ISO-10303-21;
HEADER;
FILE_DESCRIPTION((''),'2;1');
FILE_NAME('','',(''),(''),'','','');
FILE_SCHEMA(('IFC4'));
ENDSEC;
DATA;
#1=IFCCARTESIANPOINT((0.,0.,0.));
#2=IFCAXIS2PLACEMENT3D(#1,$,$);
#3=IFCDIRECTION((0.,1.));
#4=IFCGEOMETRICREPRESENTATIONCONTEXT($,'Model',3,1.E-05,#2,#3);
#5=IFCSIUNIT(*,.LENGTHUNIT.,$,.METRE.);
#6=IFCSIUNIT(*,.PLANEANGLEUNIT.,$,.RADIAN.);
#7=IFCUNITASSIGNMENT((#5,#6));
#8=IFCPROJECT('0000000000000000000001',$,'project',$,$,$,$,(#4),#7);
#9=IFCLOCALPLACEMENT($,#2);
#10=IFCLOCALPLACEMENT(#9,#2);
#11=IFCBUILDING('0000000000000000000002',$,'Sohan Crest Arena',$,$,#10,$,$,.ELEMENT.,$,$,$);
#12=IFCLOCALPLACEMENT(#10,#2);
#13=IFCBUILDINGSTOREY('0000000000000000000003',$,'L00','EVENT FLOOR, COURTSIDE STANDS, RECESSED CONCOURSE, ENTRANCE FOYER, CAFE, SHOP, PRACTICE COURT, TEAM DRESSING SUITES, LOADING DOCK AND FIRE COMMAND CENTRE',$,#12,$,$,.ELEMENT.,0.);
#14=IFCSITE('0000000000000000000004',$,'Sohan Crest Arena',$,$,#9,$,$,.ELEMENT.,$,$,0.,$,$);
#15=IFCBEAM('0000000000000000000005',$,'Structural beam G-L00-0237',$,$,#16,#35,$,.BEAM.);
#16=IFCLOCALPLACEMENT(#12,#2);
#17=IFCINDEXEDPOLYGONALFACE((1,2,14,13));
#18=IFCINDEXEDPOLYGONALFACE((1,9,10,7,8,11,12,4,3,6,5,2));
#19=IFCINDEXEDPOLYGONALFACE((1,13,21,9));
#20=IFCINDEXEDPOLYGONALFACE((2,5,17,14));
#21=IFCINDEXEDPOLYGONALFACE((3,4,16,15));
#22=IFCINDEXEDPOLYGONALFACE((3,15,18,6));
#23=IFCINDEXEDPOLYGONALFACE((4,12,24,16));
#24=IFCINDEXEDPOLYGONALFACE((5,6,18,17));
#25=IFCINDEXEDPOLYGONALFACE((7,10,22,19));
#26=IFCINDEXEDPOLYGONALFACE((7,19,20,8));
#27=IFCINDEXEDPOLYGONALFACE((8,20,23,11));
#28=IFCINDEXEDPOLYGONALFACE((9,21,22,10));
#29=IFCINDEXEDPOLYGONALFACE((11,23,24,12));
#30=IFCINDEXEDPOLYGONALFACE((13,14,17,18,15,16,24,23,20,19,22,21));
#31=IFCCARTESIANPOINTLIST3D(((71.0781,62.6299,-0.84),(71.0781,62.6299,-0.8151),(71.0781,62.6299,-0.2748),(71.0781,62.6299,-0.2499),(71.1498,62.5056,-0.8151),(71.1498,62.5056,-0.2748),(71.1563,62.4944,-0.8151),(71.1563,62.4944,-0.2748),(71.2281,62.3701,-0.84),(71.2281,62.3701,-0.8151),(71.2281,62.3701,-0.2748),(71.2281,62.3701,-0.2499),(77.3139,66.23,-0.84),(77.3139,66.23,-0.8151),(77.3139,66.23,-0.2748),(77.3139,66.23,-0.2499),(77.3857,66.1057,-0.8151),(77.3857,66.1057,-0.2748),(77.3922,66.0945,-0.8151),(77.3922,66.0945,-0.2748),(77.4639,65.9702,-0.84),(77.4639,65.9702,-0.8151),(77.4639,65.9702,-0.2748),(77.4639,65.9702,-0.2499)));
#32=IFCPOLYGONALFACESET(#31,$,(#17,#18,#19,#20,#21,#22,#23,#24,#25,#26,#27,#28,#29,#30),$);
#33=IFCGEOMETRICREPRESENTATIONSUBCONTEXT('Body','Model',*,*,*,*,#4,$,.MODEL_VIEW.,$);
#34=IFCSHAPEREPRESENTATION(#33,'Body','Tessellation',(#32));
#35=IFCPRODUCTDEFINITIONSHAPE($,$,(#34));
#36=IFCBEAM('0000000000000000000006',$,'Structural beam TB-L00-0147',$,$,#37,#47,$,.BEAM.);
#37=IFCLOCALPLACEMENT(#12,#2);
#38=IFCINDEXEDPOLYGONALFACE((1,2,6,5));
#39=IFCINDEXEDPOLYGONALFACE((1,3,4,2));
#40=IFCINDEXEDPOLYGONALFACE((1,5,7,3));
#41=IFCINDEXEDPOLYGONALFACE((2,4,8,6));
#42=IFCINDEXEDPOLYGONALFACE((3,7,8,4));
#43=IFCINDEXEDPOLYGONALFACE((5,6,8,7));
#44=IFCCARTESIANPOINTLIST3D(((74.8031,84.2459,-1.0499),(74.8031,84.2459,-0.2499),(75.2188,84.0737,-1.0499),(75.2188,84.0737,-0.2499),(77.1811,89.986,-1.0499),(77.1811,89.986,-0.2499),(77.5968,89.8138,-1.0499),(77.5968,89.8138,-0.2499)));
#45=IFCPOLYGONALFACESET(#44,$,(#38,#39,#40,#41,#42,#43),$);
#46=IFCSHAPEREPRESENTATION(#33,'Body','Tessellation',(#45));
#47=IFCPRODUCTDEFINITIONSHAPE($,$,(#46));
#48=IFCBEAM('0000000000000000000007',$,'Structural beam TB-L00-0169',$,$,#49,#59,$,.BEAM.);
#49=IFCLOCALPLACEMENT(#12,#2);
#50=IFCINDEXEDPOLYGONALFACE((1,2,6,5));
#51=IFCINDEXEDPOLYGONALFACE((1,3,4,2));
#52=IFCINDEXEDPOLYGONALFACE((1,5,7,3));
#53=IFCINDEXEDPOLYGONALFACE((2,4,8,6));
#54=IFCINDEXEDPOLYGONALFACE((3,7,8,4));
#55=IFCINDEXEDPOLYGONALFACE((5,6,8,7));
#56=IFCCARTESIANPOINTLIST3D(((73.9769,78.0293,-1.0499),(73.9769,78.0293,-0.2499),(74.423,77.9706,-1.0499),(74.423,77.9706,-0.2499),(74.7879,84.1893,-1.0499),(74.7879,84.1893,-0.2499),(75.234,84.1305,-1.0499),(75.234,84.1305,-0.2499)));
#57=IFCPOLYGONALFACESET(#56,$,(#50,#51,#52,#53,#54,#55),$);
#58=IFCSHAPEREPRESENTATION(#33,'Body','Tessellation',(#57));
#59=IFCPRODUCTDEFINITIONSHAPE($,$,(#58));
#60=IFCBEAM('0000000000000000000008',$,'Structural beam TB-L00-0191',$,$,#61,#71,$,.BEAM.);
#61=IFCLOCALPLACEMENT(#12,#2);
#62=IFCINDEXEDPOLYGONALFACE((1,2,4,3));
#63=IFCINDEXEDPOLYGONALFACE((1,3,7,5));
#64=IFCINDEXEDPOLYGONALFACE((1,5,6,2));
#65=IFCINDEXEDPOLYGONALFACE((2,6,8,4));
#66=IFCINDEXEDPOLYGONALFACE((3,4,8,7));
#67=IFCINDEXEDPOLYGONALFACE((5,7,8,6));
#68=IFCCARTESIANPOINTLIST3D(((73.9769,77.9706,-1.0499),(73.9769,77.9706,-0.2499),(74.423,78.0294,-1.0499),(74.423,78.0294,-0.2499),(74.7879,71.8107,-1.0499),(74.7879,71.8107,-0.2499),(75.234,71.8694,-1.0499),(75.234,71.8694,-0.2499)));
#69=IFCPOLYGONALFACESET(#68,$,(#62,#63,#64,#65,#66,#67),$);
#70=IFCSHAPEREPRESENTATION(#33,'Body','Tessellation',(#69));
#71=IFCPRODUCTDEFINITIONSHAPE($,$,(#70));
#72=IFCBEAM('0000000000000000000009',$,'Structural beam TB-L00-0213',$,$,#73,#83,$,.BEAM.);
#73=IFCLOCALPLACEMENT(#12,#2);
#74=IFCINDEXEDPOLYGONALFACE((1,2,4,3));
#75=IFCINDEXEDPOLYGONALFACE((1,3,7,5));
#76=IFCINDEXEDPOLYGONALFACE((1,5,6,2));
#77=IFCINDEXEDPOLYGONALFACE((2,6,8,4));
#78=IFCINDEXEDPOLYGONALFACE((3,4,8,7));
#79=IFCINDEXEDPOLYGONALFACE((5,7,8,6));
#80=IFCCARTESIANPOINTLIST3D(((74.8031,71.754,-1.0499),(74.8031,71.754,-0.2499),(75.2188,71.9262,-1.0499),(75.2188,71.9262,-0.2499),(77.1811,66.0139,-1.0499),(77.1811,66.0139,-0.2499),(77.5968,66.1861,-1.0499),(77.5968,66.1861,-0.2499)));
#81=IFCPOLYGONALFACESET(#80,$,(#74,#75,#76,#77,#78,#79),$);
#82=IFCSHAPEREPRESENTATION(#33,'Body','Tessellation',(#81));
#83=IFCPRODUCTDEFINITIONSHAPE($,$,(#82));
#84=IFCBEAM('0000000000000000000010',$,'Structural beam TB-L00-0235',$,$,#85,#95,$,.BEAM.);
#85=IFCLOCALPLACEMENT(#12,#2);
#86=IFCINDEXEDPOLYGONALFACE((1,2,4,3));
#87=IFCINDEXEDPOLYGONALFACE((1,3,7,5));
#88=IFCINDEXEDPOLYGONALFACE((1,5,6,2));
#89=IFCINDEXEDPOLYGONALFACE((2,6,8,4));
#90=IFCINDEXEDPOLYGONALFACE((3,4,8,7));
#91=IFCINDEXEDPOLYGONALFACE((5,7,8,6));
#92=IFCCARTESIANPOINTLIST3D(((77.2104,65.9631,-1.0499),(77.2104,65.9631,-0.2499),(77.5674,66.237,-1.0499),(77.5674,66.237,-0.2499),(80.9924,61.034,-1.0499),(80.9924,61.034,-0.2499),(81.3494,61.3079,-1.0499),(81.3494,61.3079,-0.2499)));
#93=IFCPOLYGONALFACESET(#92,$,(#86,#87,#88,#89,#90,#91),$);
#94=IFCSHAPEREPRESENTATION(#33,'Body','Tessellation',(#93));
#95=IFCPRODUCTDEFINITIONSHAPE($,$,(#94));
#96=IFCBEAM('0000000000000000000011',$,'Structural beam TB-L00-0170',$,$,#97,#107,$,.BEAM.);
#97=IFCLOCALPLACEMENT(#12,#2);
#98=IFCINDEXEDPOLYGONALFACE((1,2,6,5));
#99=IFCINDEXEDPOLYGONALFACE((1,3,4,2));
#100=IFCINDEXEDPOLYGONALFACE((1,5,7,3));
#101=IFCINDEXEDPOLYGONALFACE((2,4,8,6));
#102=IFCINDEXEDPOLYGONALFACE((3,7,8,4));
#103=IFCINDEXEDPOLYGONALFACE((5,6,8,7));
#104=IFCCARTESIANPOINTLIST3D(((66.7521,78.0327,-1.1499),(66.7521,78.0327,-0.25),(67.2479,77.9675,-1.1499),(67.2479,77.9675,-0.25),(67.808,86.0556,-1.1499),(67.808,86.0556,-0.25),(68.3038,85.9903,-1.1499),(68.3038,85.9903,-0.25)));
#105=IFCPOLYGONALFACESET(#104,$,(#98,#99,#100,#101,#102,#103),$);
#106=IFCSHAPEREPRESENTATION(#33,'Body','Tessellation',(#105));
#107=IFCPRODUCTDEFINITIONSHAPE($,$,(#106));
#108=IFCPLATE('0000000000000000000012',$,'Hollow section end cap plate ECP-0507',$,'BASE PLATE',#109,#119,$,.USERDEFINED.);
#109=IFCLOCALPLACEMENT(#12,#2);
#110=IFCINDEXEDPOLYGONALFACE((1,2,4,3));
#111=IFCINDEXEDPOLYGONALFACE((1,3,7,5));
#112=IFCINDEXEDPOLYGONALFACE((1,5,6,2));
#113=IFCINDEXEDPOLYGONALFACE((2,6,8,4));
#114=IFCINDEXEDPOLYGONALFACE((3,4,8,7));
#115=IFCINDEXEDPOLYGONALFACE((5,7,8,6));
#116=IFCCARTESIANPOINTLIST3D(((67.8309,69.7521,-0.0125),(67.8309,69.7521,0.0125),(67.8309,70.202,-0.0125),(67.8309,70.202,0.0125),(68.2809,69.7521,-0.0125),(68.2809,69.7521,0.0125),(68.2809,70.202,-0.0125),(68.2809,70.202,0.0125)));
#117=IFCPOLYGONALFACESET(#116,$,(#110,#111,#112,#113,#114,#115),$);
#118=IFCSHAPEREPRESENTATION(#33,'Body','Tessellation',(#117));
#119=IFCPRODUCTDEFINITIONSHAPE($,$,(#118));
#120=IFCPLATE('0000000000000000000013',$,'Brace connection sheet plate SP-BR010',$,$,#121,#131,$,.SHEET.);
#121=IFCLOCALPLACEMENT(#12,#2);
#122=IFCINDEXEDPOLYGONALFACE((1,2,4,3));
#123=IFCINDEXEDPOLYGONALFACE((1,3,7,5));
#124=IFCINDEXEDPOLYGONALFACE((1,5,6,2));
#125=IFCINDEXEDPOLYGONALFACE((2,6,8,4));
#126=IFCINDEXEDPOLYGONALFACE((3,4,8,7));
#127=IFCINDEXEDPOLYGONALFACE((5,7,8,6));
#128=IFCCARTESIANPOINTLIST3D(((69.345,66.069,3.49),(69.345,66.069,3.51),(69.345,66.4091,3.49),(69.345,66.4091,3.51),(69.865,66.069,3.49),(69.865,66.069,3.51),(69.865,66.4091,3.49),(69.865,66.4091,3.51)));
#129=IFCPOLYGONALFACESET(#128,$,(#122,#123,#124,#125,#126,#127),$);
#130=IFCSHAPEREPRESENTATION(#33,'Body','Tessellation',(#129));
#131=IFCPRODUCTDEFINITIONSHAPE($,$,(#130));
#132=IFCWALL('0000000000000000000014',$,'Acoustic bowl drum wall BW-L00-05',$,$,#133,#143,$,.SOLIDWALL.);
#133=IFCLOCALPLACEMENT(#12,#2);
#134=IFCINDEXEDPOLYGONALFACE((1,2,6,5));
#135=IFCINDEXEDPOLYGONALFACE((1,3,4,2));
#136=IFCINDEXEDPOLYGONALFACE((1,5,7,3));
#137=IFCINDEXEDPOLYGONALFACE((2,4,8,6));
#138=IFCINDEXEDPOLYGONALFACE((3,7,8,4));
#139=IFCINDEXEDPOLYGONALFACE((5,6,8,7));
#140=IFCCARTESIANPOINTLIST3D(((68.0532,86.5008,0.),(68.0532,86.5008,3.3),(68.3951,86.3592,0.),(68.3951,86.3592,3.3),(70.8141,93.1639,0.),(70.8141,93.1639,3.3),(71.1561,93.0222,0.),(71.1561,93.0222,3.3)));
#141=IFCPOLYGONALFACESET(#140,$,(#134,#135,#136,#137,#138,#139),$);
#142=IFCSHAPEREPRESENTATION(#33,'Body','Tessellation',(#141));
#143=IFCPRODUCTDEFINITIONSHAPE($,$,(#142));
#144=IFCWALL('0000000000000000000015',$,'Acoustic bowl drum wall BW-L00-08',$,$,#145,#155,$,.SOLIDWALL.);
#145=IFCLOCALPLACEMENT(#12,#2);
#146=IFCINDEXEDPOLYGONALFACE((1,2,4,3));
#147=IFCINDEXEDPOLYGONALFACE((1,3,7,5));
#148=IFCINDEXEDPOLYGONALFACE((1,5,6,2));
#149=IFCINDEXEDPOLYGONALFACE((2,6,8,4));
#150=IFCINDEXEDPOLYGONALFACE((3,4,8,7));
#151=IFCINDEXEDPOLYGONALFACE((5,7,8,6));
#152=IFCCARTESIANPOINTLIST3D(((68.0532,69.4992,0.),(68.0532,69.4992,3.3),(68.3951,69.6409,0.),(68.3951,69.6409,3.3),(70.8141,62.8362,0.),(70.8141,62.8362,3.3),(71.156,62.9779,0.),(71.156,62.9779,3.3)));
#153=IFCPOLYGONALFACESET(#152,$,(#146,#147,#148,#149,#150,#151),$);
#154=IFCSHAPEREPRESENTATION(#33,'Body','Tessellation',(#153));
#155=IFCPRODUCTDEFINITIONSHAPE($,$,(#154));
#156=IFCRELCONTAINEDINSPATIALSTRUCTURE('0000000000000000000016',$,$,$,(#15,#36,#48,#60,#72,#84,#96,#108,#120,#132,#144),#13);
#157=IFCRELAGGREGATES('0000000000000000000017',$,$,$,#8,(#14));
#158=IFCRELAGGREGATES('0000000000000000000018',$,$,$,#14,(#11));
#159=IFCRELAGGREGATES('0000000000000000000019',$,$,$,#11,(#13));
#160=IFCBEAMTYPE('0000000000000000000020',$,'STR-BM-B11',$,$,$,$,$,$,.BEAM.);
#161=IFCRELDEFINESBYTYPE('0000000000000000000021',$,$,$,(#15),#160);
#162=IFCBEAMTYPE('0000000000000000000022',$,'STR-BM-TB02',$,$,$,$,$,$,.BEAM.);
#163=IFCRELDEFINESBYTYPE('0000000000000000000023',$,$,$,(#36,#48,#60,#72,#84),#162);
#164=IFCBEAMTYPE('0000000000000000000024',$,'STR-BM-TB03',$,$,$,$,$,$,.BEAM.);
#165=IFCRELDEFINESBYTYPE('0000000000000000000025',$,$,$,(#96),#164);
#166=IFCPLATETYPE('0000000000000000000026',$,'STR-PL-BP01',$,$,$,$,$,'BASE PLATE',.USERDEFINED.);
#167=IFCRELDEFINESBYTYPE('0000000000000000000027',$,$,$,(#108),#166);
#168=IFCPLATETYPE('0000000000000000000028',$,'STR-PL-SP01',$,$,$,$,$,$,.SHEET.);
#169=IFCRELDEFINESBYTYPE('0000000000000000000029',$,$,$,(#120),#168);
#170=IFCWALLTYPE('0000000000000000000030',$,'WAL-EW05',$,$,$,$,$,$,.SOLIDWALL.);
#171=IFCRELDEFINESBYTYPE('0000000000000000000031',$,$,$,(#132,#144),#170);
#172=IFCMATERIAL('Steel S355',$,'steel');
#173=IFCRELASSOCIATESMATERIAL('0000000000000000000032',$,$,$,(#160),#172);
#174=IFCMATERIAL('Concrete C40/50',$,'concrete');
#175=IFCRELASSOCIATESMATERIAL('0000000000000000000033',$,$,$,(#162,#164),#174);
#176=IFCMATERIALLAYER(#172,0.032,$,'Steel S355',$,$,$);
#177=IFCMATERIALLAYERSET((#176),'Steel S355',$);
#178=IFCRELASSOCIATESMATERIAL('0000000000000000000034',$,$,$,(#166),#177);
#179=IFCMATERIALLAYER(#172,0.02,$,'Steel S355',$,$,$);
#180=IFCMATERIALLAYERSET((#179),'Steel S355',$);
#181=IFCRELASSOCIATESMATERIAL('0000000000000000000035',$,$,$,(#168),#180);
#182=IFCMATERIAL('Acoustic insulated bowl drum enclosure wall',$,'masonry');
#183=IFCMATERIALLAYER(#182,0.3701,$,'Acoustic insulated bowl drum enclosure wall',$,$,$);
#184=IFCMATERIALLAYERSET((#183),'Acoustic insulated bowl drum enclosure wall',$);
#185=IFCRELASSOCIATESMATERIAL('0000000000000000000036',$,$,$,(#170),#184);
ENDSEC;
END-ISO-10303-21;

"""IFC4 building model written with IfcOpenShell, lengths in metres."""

from ifc_helpers import new_model, si_unit, direction, frame, frame_2d, origin, origin_2d, place, context, subcontext, project, spatial, rectangle, i_section, extrude, material, layer, layer_set, material_profile, profile_set, type_object, element, save


model = new_model("IFC4")

# Units and contexts
model_context = context("Model", 3, precision=1e-05, world=origin(), true_north=direction((0.0, 1.0)))
body_context = subcontext(model_context, "Body", "Model", "MODEL_VIEW")
ifc_project = project(units=[si_unit("LENGTHUNIT", "METRE"), si_unit("PLANEANGLEUNIT", "RADIAN")], contexts=[model_context])

# Site, building, storey
site_placement = place(None, origin())
site = spatial("IfcSite", under=ifc_project, at=site_placement, Name="Sohan Crest Arena", CompositionType="ELEMENT", RefElevation=0.0)
building_placement = place(site_placement, origin())
building = spatial("IfcBuilding", under=site, at=building_placement, Name="Sohan Crest Arena", CompositionType="ELEMENT")
storey_placement = place(building_placement, origin())
storey = spatial("IfcBuildingStorey", under=building, at=storey_placement, Name="L00", Description="EVENT FLOOR, COURTSIDE STANDS, RECESSED CONCOURSE, ENTRANCE FOYER, CAFE, SHOP, PRACTICE COURT, TEAM DRESSING SUITES, LOADING DOCK AND FIRE COMMAND CENTRE", CompositionType="ELEMENT", Elevation=0.0)

# Shared definitions
ifc_material_1 = material(Name="Concrete C40/50", Category="concrete")

# Beams
ifc_material_2 = material(Name="Steel S355", Category="steel")
ifc_material_profile_1 = material_profile(ifc_material_2, i_section(OverallWidth=0.3, OverallDepth=0.5901, WebThickness=0.0129, FlangeThickness=0.0249, at=origin_2d()), Name="HEA 600")
ifc_profile_set_1 = profile_set([ifc_material_profile_1], Name="Steel S355")
beam_type_1 = type_object("IfcBeamType", Name="STR-BM-B11", PredefinedType="BEAM", material=ifc_profile_set_1)
beam_1_placement = place(storey_placement, frame((77.3889, 66.1001, -0.5449), z_axis=(-0.866035, -0.499983, 0.0), x_axis=(0.499983, -0.866035, 0.0)))
element("IfcBeam", 1, at=beam_1_placement, inside=storey, type_object=beam_type_1, Name="Structural beam G-L00-0237", PredefinedType="BEAM", context=body_context, shape_type="SweptSolid", body=[
    extrude(i_section(OverallWidth=0.3, OverallDepth=0.5901, WebThickness=0.0129, FlangeThickness=0.0249, at=origin_2d()), origin(), (0.0, 0.0, 1.0), 7.2004),
])
ifc_material_profile_2 = material_profile(ifc_material_1, rectangle(XDim=0.45, YDim=0.8, at=origin_2d()), Name="RC-BM 450x800")
ifc_profile_set_2 = profile_set([ifc_material_profile_2], Name="Concrete C40/50")
beam_type_2 = type_object("IfcBeamType", Name="STR-BM-TB02", PredefinedType="BEAM", material=ifc_profile_set_2)
for number, where, z_axis, x_axis, name in (
    (2, (77.3889, 89.8999, -0.6499), (-0.382731, -0.92386, 0.0), (0.92386, -0.382731, 0.0), "Structural beam TB-L00-0147"),
    (3, (75.011, 84.1599, -0.6499), (-0.130537, -0.991443, 0.0), (0.991443, -0.130537, 0.0), "Structural beam TB-L00-0169"),
    (4, (74.2, 78.0, -0.6499), (0.130537, -0.991443, 0.0), (0.991443, 0.130537, 0.0), "Structural beam TB-L00-0191"),
    (5, (75.011, 71.8401, -0.6499), (0.382731, -0.92386, 0.0), (0.92386, 0.382731, 0.0), "Structural beam TB-L00-0213"),
):
    element("IfcBeam", number, at=place(storey_placement, frame(where, z_axis=z_axis, x_axis=x_axis)), inside=storey, type_object=beam_type_2, Name=name, PredefinedType="BEAM", context=body_context, shape_type="SweptSolid", body=[
        extrude(rectangle(XDim=0.45, YDim=0.8, at=origin_2d()), origin(), (0.0, 0.0, 1.0), 6.2131),
    ])
beam_2_placement = place(storey_placement, frame((77.3889, 66.1001, -0.6499), z_axis=(0.608728, -0.793379, 0.0), x_axis=(0.793379, 0.608728, 0.0)))
element("IfcBeam", 6, at=beam_2_placement, inside=storey, type_object=beam_type_2, Name="Structural beam TB-L00-0235", PredefinedType="BEAM", context=body_context, shape_type="SweptSolid", body=[
    extrude(rectangle(XDim=0.45, YDim=0.8, at=origin_2d()), origin(), (0.0, 0.0, 1.0), 6.2129),
])
ifc_material_profile_3 = material_profile(ifc_material_1, rectangle(XDim=0.5, YDim=0.8999, at=origin_2d()), Name="RC-BM 500x900")
ifc_profile_set_3 = profile_set([ifc_material_profile_3], Name="Concrete C40/50")
beam_type_3 = type_object("IfcBeamType", Name="STR-BM-TB03", PredefinedType="BEAM", material=ifc_profile_set_3)
beam_3_placement = place(storey_placement, frame((68.0559, 86.0229, -0.7), z_axis=(-0.130486, -0.99145, 0.0), x_axis=(0.99145, -0.130486, 0.0)))
element("IfcBeam", 7, at=beam_3_placement, inside=storey, type_object=beam_type_3, Name="Structural beam TB-L00-0170", PredefinedType="BEAM", context=body_context, shape_type="SweptSolid", body=[
    extrude(rectangle(XDim=0.5, YDim=0.8999, at=origin_2d()), origin(), (0.0, 0.0, 1.0), 8.092),
])

# Plates
ifc_layer_1 = layer(ifc_material_2, 0.032, Name="Steel S355")
ifc_layer_set_1 = layer_set([ifc_layer_1], Name="Steel S355")
plate_type_1 = type_object("IfcPlateType", Name="STR-PL-BP01", ElementType="BASE PLATE", PredefinedType="USERDEFINED", material=ifc_layer_set_1)
plate_1_placement = place(storey_placement, frame((68.0559, 69.9771, -0.0125), z_axis=(0.0, 0.0, 1.0), x_axis=(1.0, 0.0, 0.0)))
element("IfcPlate", 8, at=plate_1_placement, inside=storey, type_object=plate_type_1, Name="Hollow section end cap plate ECP-0507", ObjectType="BASE PLATE", PredefinedType="USERDEFINED", context=body_context, shape_type="SweptSolid", body=[
    extrude(rectangle(XDim=0.45, YDim=0.45, at=origin_2d()), origin(), (0.0, 0.0, 1.0), 0.0249),
])
ifc_layer_2 = layer(ifc_material_2, 0.02, Name="Steel S355")
ifc_layer_set_2 = layer_set([ifc_layer_2], Name="Steel S355")
plate_type_2 = type_object("IfcPlateType", Name="STR-PL-SP01", PredefinedType="SHEET", material=ifc_layer_set_2)
plate_2_placement = place(storey_placement, frame((69.605, 66.239, 3.49), z_axis=(0.0, 0.0, 1.0), x_axis=(1.0, 0.0, 0.0)))
element("IfcPlate", 9, at=plate_2_placement, inside=storey, type_object=plate_type_2, Name="Brace connection sheet plate SP-BR010", PredefinedType="SHEET", context=body_context, shape_type="SweptSolid", body=[
    extrude(rectangle(XDim=0.52, YDim=0.3401, at=origin_2d()), origin(), (0.0, 0.0, 1.0), 0.02),
])

# Walls
ifc_material_3 = material(Name="Acoustic insulated bowl drum enclosure wall", Category="masonry")
ifc_layer_3 = layer(ifc_material_3, 0.3701, Name="Acoustic insulated bowl drum enclosure wall")
ifc_layer_set_3 = layer_set([ifc_layer_3], Name="Acoustic insulated bowl drum enclosure wall")
wall_type = type_object("IfcWallType", Name="WAL-EW05", PredefinedType="SOLIDWALL", material=ifc_layer_set_3)
for number, where, z_axis, x_axis, name in (
    (10, (70.9851, 93.093, 0.0), (0.0, 0.0, 1.0), (-0.382807, -0.923828, 0.0), "Acoustic bowl drum wall BW-L00-05"),
    (11, (68.2241, 69.5701, 0.0), (0.0, 0.0, 1.0), (0.382807, -0.923828, 0.0), "Acoustic bowl drum wall BW-L00-08"),
):
    element("IfcWall", number, at=place(storey_placement, frame(where, z_axis=z_axis, x_axis=x_axis)), inside=storey, type_object=wall_type, Name=name, PredefinedType="SOLIDWALL", context=body_context, shape_type="SweptSolid", body=[
        extrude(rectangle(XDim=7.2124, YDim=0.3701, at=frame_2d((3.6062, 0.0))), origin(), (0.0, 0.0, 1.0), 3.3),
    ])

save(model, "model.ifc")
